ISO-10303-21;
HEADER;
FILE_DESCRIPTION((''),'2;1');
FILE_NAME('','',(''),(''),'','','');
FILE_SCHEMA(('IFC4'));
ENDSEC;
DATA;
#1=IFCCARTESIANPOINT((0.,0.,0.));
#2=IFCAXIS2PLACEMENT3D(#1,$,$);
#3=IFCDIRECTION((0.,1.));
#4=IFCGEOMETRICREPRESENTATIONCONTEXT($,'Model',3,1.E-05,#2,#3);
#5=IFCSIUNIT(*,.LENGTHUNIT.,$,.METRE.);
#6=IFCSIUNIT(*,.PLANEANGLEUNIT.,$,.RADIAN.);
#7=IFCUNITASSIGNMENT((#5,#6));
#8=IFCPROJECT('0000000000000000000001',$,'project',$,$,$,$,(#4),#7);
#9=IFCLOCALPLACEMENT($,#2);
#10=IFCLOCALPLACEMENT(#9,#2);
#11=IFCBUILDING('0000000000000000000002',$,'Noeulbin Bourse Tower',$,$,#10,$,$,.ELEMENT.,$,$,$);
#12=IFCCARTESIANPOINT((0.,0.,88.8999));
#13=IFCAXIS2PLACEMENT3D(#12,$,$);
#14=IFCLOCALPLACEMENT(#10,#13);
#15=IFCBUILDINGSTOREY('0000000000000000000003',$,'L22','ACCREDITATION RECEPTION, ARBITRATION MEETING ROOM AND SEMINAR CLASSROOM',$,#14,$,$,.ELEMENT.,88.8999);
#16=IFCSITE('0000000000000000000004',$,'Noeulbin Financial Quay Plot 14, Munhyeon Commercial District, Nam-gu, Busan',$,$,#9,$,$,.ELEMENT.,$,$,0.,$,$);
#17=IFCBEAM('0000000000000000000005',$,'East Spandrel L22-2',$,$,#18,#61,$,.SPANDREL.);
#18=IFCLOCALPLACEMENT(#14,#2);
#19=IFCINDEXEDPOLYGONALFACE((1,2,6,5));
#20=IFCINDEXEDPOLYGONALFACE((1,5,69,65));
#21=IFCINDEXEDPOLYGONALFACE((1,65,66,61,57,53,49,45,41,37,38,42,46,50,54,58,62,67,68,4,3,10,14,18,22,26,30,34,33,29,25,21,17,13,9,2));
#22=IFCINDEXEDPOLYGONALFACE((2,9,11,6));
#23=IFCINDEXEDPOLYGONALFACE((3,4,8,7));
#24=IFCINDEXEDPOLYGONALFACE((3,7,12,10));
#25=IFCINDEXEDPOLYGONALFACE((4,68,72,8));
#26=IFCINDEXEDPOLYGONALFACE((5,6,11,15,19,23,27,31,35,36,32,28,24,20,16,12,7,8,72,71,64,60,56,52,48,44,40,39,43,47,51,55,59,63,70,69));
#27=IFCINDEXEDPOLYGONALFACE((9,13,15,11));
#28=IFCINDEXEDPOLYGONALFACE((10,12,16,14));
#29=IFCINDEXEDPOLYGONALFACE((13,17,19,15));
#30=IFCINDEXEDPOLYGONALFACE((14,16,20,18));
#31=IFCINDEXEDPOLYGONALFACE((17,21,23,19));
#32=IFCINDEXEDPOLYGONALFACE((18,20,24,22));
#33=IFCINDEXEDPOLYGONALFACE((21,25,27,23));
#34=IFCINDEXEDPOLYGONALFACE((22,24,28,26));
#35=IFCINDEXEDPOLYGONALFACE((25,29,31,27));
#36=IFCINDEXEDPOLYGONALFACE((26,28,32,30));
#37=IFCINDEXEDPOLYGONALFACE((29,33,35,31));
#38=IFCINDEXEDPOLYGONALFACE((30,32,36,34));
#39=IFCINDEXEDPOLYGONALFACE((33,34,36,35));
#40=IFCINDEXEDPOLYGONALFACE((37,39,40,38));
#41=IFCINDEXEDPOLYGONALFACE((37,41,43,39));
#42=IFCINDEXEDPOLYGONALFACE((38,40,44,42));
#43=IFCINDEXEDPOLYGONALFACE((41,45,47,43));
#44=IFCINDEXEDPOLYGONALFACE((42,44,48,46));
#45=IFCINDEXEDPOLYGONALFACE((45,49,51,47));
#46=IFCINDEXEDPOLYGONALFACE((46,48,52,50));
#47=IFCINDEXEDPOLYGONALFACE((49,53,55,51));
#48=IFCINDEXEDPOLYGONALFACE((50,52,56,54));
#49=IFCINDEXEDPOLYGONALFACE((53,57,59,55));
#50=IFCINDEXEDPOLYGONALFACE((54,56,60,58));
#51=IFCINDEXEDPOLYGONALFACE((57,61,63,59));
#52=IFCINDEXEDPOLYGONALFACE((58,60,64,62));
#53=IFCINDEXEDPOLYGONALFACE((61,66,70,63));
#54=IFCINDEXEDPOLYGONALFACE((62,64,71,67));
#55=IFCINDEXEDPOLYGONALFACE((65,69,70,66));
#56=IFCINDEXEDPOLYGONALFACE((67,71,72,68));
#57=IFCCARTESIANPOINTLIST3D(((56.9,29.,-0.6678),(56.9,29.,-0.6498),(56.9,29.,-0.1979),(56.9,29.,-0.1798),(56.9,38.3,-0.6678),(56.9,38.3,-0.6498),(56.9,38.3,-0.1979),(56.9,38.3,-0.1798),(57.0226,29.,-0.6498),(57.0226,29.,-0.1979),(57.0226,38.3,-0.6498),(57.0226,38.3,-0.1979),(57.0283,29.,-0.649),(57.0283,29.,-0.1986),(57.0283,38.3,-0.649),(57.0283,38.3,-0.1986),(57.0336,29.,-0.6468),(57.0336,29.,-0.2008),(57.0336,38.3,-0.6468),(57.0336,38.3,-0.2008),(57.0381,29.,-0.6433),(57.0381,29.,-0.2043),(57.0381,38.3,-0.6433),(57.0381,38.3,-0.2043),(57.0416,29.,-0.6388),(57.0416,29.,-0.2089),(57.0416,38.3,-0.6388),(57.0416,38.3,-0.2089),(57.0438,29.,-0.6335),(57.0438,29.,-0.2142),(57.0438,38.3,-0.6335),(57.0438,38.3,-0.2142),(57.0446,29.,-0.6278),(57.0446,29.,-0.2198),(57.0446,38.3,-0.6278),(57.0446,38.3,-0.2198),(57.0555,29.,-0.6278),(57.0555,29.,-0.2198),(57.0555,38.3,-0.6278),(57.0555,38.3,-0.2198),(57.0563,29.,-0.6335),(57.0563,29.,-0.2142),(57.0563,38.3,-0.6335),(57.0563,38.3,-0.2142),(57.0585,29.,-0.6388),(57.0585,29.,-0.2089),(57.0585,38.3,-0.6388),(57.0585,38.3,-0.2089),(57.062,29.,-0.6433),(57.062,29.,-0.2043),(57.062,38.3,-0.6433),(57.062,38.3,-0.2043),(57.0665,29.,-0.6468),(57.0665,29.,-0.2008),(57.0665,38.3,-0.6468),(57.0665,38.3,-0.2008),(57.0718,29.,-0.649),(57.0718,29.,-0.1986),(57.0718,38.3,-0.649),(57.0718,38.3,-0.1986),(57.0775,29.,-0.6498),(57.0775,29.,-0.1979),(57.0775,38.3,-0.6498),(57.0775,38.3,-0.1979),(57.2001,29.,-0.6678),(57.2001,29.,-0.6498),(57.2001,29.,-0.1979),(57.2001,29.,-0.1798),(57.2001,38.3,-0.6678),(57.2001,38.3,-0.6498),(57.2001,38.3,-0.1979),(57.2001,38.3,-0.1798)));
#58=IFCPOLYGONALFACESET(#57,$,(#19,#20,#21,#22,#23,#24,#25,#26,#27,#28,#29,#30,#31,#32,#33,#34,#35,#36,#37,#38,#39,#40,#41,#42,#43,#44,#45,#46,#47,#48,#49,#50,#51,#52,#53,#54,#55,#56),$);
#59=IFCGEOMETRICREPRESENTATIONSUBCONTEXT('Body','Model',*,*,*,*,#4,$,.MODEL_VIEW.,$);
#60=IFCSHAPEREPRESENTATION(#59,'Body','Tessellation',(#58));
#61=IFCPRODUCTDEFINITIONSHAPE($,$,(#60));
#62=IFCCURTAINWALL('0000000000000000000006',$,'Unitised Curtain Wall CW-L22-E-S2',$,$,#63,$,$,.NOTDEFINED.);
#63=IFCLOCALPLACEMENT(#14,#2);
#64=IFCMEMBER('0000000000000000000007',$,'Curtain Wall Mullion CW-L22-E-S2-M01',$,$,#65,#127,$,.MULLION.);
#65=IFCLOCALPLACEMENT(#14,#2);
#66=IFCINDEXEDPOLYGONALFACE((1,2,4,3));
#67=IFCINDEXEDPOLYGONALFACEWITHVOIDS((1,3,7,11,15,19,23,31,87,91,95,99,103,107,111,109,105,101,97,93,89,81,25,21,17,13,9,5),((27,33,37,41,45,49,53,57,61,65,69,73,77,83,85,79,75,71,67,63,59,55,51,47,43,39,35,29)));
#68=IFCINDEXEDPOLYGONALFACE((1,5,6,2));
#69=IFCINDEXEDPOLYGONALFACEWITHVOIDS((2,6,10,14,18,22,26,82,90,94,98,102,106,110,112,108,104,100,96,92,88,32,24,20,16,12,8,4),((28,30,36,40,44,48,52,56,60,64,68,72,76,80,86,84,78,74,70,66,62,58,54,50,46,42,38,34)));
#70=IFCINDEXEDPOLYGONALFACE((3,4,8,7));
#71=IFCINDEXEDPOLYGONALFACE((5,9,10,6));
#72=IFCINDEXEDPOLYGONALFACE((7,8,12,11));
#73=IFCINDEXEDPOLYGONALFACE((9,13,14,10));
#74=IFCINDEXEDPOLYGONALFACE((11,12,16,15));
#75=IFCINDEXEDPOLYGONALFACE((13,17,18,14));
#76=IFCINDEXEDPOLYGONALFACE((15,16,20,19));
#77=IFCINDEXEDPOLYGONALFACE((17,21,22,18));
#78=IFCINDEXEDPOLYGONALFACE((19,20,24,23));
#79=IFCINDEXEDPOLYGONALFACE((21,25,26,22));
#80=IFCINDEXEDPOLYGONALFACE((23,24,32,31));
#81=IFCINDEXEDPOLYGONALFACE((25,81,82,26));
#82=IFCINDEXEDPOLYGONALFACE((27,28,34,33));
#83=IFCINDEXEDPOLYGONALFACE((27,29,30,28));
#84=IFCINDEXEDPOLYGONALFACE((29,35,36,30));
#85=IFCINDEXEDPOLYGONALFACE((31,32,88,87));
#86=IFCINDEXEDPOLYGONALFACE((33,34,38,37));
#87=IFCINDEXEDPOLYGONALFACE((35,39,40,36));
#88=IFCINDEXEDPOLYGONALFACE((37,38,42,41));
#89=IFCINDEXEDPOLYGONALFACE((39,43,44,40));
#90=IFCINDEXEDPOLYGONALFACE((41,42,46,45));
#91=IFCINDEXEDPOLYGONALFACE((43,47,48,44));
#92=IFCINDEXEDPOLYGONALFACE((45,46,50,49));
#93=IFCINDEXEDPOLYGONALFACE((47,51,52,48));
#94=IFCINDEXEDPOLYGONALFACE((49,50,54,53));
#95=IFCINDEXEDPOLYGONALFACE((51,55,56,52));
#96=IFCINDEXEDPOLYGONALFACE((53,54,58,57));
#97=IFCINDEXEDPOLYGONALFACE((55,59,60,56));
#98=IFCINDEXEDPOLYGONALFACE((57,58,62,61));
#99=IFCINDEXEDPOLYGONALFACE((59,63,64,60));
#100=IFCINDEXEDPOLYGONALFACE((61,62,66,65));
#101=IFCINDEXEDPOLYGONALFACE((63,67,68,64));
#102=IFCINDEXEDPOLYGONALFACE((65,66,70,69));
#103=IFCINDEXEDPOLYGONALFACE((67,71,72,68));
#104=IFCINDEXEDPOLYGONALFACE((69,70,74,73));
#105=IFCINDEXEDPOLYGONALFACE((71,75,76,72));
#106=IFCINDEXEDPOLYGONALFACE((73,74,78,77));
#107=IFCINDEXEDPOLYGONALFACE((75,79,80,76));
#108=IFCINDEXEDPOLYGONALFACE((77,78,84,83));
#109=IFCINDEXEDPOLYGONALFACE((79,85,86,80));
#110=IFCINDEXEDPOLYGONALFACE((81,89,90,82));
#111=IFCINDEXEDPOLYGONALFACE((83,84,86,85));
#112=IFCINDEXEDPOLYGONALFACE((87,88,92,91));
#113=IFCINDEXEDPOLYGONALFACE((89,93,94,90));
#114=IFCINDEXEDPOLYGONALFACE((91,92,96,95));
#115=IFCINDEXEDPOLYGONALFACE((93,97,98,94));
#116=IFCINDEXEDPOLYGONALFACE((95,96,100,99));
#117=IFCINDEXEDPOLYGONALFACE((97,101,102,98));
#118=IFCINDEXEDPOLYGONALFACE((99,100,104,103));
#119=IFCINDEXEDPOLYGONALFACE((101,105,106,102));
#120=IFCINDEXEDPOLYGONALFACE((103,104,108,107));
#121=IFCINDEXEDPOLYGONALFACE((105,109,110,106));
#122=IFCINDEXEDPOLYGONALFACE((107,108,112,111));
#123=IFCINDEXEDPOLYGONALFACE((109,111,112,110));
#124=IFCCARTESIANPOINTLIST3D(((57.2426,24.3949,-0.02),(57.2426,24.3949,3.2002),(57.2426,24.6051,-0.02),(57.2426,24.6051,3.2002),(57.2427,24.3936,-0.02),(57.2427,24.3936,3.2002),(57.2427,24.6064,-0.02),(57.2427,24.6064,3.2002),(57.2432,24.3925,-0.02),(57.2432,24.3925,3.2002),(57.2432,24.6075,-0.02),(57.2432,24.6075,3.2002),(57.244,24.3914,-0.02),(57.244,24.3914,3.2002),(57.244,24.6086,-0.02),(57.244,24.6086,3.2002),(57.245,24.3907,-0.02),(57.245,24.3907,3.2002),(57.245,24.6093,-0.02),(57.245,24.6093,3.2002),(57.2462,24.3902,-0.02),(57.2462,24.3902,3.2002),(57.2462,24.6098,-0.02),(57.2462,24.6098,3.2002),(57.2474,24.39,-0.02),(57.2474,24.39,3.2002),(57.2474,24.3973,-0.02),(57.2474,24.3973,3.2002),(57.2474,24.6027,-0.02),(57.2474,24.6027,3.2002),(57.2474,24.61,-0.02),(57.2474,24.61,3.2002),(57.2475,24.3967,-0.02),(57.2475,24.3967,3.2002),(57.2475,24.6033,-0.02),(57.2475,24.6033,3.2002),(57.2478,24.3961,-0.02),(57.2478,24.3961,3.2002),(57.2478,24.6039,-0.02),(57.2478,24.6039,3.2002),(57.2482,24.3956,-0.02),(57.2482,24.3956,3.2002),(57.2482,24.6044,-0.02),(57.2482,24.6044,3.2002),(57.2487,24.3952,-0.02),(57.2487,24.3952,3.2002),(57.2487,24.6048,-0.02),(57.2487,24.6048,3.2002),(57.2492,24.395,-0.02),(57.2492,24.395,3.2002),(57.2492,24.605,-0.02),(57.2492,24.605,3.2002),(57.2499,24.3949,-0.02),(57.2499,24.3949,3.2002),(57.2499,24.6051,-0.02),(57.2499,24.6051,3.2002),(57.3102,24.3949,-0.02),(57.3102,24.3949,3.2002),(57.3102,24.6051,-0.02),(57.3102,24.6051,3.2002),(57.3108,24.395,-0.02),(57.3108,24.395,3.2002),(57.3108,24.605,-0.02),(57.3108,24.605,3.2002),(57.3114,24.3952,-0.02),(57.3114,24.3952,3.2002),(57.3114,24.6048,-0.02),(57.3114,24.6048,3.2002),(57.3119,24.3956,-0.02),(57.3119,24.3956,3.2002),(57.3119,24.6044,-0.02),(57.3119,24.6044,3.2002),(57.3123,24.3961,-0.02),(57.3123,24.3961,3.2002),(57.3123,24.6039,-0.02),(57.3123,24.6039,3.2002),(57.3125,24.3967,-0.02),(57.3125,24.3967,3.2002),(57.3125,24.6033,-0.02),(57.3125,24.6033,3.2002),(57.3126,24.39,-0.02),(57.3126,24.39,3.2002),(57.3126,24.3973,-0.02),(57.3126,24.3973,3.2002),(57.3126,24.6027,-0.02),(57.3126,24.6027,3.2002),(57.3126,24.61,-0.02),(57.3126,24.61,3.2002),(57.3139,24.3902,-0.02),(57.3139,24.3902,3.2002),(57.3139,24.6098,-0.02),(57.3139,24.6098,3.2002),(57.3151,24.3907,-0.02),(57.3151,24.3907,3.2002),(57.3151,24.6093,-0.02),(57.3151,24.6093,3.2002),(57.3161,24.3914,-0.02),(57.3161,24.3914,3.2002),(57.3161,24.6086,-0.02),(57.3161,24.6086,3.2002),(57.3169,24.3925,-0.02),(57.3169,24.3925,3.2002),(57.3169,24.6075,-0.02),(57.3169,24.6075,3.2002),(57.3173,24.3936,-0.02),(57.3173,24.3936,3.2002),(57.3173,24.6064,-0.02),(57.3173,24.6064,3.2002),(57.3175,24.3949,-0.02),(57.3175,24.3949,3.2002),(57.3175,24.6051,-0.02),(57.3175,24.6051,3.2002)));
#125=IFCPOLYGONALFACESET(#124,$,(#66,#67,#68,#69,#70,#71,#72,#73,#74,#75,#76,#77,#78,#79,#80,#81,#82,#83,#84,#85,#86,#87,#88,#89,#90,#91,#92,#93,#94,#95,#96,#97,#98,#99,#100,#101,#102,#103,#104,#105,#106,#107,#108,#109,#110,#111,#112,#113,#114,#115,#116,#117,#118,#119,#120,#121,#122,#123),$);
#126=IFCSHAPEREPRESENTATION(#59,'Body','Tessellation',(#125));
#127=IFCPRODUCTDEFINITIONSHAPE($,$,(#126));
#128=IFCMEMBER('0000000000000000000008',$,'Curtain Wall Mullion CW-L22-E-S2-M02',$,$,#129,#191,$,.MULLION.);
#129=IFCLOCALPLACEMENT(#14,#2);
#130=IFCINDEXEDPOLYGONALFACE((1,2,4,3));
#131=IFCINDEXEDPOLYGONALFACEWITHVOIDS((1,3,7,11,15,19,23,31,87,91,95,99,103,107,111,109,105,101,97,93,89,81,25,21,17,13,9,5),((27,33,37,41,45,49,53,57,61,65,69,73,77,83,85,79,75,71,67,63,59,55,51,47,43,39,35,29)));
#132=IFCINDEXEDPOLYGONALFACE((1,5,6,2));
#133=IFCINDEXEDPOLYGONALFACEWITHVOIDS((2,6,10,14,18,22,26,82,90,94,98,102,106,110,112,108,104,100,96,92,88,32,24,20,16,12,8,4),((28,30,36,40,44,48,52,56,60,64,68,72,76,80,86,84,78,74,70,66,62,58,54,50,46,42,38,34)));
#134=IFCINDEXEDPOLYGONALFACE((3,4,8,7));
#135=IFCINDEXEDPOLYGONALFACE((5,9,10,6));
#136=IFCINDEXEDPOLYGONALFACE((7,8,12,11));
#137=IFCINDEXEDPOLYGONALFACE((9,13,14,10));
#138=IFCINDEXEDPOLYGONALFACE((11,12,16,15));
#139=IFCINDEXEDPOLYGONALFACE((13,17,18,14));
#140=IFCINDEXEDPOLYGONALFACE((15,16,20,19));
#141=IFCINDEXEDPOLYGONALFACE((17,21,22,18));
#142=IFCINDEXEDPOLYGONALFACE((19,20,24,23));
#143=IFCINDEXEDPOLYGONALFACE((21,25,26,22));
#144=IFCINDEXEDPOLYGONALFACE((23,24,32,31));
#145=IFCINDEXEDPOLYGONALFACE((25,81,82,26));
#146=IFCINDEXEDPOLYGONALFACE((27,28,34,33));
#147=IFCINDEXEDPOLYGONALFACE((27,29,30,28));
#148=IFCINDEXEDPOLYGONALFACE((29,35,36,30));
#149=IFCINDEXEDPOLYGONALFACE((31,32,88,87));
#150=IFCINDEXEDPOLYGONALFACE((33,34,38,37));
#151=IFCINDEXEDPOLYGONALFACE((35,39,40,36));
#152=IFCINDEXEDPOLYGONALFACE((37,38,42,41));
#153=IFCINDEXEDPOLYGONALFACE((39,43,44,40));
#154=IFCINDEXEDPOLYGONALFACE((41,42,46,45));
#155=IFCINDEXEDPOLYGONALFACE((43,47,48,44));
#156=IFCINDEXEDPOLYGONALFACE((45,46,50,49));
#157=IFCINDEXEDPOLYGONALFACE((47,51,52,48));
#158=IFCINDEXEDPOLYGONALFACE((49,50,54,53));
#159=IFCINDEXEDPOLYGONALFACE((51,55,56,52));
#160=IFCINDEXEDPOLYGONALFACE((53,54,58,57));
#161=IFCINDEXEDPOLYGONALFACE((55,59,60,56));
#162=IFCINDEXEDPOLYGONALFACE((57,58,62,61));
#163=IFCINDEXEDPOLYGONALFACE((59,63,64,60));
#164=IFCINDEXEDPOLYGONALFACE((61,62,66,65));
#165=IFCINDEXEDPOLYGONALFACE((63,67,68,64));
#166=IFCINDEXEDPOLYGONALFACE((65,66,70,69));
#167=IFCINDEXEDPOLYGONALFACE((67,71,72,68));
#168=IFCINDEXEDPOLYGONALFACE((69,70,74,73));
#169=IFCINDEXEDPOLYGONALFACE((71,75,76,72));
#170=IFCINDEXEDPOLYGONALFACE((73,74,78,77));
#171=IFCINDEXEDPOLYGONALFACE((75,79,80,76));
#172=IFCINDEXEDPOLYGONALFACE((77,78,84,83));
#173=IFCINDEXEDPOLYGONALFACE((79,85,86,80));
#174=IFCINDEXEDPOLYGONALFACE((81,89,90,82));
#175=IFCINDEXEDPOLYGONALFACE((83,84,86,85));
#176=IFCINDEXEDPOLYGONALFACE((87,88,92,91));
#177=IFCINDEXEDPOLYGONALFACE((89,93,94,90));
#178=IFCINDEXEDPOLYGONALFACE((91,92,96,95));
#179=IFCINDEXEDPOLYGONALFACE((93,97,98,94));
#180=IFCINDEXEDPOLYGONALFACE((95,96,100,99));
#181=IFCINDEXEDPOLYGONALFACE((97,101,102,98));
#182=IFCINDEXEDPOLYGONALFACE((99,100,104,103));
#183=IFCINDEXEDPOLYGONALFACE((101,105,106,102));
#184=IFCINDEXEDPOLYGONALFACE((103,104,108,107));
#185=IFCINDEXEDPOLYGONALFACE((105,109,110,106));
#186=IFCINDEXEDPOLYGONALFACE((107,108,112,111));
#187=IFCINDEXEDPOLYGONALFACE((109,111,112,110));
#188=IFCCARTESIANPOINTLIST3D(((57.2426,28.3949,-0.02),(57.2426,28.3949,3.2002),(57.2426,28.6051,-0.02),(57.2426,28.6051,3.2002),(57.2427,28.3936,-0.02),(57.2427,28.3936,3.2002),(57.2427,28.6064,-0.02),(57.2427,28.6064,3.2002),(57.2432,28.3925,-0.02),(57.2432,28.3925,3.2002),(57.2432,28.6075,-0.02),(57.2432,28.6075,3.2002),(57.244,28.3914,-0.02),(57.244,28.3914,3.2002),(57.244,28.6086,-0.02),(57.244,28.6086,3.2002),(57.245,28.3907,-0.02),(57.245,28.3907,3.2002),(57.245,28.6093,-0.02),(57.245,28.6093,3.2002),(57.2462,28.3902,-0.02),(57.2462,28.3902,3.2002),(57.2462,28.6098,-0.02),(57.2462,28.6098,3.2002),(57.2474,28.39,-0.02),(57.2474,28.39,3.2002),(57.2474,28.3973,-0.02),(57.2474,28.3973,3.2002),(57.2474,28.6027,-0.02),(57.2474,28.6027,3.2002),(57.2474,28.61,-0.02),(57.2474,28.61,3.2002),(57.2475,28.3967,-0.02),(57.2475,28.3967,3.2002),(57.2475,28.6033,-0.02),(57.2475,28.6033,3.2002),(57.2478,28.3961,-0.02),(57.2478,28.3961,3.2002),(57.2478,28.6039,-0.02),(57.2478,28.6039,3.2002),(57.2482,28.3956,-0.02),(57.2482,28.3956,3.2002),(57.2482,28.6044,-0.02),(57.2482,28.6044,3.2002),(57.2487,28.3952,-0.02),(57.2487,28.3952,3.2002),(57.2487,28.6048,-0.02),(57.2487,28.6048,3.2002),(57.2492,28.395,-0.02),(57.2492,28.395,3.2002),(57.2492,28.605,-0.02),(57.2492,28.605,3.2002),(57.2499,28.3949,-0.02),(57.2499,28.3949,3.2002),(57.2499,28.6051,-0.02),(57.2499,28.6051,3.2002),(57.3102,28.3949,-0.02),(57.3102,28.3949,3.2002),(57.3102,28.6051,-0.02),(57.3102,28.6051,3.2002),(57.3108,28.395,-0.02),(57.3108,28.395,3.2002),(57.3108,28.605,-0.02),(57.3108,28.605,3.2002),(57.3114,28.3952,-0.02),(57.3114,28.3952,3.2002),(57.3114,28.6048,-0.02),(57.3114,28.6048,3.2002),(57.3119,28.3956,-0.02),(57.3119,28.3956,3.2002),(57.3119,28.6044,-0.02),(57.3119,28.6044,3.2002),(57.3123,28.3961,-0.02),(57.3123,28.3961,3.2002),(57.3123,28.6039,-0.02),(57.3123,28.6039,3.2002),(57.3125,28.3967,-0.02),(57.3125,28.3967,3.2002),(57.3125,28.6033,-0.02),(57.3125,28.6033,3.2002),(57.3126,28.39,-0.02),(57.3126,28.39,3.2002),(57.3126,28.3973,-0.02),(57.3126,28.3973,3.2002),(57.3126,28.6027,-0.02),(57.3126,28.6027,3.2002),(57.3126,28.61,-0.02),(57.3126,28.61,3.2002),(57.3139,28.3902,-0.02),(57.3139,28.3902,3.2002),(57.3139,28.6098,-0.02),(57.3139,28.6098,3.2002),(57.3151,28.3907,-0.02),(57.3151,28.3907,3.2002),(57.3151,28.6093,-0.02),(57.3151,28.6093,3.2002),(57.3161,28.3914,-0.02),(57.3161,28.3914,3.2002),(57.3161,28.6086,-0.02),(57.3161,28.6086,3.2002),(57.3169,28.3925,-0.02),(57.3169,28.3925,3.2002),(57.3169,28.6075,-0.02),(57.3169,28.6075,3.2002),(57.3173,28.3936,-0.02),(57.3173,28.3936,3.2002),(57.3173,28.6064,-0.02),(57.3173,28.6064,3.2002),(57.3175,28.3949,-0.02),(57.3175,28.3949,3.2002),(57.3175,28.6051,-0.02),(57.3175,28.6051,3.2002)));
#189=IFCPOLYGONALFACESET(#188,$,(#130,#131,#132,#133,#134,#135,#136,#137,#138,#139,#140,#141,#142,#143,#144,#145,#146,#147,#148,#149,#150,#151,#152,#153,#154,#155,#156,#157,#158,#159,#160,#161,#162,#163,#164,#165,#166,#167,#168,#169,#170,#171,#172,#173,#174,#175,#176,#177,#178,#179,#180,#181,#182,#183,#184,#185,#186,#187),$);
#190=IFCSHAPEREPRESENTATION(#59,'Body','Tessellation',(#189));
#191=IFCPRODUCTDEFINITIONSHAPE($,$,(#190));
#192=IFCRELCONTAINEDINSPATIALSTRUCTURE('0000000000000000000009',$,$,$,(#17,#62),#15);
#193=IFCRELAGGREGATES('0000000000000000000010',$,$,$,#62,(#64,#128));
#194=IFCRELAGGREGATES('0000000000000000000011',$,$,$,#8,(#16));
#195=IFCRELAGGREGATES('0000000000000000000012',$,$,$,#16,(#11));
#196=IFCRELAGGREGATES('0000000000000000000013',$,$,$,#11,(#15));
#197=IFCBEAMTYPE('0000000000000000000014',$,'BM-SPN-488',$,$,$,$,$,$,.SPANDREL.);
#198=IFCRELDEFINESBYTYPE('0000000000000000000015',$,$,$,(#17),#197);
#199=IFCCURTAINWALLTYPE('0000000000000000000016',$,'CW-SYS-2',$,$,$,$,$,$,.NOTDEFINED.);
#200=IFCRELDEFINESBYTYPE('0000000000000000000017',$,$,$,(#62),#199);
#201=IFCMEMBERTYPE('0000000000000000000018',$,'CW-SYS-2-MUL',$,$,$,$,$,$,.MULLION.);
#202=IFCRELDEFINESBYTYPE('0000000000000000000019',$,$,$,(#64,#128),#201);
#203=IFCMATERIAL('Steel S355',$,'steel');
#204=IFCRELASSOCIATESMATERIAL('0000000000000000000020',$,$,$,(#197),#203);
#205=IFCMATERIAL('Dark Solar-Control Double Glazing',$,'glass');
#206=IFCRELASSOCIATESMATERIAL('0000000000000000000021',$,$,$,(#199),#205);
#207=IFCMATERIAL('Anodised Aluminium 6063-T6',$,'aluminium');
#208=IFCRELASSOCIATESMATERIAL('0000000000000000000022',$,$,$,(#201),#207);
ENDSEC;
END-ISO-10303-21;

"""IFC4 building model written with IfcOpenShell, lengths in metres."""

from ifc_helpers import new_model, si_unit, direction, frame, origin, origin_2d, place, context, subcontext, project, spatial, hollow_rectangle, i_section, extrude, material, material_profile, profile_set, type_object, element, aggregate, save


model = new_model("IFC4")

# Units and contexts
model_context = context("Model", 3, precision=1e-05, world=origin(), true_north=direction((0.0, 1.0)))
body_context = subcontext(model_context, "Body", "Model", "MODEL_VIEW")
ifc_project = project(units=[si_unit("LENGTHUNIT", "METRE"), si_unit("PLANEANGLEUNIT", "RADIAN")], contexts=[model_context])

# Site, building, storey
site_placement = place(None, origin())
site = spatial("IfcSite", under=ifc_project, at=site_placement, Name="Noeulbin Financial Quay Plot 14, Munhyeon Commercial District, Nam-gu, Busan", CompositionType="ELEMENT", RefElevation=0.0)
building_placement = place(site_placement, origin())
building = spatial("IfcBuilding", under=site, at=building_placement, Name="Noeulbin Bourse Tower", CompositionType="ELEMENT")
storey_placement = place(building_placement, frame((0.0, 0.0, 88.8999)))
storey = spatial("IfcBuildingStorey", under=building, at=storey_placement, Name="L22", Description="ACCREDITATION RECEPTION, ARBITRATION MEETING ROOM AND SEMINAR CLASSROOM", CompositionType="ELEMENT", Elevation=88.8999)

# Beam
ifc_material_1 = material(Name="Steel S355", Category="steel")
ifc_material_profile_1 = material_profile(ifc_material_1, i_section(OverallWidth=0.3, OverallDepth=0.488, WebThickness=0.011, FlangeThickness=0.0181, FilletRadius=0.022, at=origin_2d()), Name="H-488x300x11x18", Category="LoadBearing")
ifc_profile_set_1 = profile_set([ifc_material_profile_1], Name="Steel S355")
beam_type_1 = type_object("IfcBeamType", Name="BM-SPN-488", PredefinedType="SPANDREL", material=ifc_profile_set_1)
beam_1_placement = place(storey_placement, frame((57.05, 29.0, -0.4238), z_axis=(0.0, 1.0, 0.0), x_axis=(-1.0, 0.0, 0.0)))
element("IfcBeam", 1, at=beam_1_placement, inside=storey, type_object=beam_type_1, Name="East Spandrel L22-2", PredefinedType="SPANDREL", context=body_context, shape_type="SweptSolid", body=[
    extrude(i_section(OverallWidth=0.3, OverallDepth=0.488, WebThickness=0.011, FlangeThickness=0.0181, FilletRadius=0.022, at=origin_2d()), origin(), (0.0, 0.0, 1.0), 9.3),
])

# Curtain wall, members
ifc_material_2 = material(Name="Dark Solar-Control Double Glazing", Category="glass")
curtain_wall_type = type_object("IfcCurtainWallType", Name="CW-SYS-2", PredefinedType="NOTDEFINED", material=ifc_material_2)
curtain_wall_1_placement = place(storey_placement, origin())
curtain_wall_1 = element("IfcCurtainWall", 2, at=curtain_wall_1_placement, inside=storey, type_object=curtain_wall_type, Name="Unitised Curtain Wall CW-L22-E-S2", PredefinedType="NOTDEFINED")
ifc_material_3 = material(Name="Anodised Aluminium 6063-T6", Category="aluminium")
ifc_material_profile_2 = material_profile(ifc_material_3, hollow_rectangle(XDim=0.075, YDim=0.22, WallThickness=0.0049, InnerFilletRadius=0.0024, OuterFilletRadius=0.0049, at=origin_2d()), Name="ALU-MULL-75x220x5", Category="LoadBearing")
ifc_profile_set_2 = profile_set([ifc_material_profile_2], Name="Anodised Aluminium 6063-T6")
member_type_1 = type_object("IfcMemberType", Name="CW-SYS-2-MUL", PredefinedType="MULLION", material=ifc_profile_set_2)
member_1_placement = place(storey_placement, frame((57.28, 24.5, -0.02), z_axis=(0.0, 0.0, 1.0), x_axis=(1.0, 0.0, 0.0)))
member_1 = element("IfcMember", 3, at=member_1_placement, type_object=member_type_1, Name="Curtain Wall Mullion CW-L22-E-S2-M01", PredefinedType="MULLION", context=body_context, shape_type="SweptSolid", body=[
    extrude(hollow_rectangle(XDim=0.075, YDim=0.22, WallThickness=0.0049, InnerFilletRadius=0.0024, OuterFilletRadius=0.0049, at=origin_2d()), origin(), (0.0, 0.0, 1.0), 3.2202),
])
member_2_placement = place(storey_placement, frame((57.28, 28.5, -0.02), z_axis=(0.0, 0.0, 1.0), x_axis=(1.0, 0.0, 0.0)))
member_2 = element("IfcMember", 4, at=member_2_placement, type_object=member_type_1, Name="Curtain Wall Mullion CW-L22-E-S2-M02", PredefinedType="MULLION", context=body_context, shape_type="SweptSolid", body=[
    extrude(hollow_rectangle(XDim=0.075, YDim=0.22, WallThickness=0.0049, InnerFilletRadius=0.0024, OuterFilletRadius=0.0049, at=origin_2d()), origin(), (0.0, 0.0, 1.0), 3.2202),
])

aggregate(curtain_wall_1, [member_1, member_2])

save(model, "model.ifc")
